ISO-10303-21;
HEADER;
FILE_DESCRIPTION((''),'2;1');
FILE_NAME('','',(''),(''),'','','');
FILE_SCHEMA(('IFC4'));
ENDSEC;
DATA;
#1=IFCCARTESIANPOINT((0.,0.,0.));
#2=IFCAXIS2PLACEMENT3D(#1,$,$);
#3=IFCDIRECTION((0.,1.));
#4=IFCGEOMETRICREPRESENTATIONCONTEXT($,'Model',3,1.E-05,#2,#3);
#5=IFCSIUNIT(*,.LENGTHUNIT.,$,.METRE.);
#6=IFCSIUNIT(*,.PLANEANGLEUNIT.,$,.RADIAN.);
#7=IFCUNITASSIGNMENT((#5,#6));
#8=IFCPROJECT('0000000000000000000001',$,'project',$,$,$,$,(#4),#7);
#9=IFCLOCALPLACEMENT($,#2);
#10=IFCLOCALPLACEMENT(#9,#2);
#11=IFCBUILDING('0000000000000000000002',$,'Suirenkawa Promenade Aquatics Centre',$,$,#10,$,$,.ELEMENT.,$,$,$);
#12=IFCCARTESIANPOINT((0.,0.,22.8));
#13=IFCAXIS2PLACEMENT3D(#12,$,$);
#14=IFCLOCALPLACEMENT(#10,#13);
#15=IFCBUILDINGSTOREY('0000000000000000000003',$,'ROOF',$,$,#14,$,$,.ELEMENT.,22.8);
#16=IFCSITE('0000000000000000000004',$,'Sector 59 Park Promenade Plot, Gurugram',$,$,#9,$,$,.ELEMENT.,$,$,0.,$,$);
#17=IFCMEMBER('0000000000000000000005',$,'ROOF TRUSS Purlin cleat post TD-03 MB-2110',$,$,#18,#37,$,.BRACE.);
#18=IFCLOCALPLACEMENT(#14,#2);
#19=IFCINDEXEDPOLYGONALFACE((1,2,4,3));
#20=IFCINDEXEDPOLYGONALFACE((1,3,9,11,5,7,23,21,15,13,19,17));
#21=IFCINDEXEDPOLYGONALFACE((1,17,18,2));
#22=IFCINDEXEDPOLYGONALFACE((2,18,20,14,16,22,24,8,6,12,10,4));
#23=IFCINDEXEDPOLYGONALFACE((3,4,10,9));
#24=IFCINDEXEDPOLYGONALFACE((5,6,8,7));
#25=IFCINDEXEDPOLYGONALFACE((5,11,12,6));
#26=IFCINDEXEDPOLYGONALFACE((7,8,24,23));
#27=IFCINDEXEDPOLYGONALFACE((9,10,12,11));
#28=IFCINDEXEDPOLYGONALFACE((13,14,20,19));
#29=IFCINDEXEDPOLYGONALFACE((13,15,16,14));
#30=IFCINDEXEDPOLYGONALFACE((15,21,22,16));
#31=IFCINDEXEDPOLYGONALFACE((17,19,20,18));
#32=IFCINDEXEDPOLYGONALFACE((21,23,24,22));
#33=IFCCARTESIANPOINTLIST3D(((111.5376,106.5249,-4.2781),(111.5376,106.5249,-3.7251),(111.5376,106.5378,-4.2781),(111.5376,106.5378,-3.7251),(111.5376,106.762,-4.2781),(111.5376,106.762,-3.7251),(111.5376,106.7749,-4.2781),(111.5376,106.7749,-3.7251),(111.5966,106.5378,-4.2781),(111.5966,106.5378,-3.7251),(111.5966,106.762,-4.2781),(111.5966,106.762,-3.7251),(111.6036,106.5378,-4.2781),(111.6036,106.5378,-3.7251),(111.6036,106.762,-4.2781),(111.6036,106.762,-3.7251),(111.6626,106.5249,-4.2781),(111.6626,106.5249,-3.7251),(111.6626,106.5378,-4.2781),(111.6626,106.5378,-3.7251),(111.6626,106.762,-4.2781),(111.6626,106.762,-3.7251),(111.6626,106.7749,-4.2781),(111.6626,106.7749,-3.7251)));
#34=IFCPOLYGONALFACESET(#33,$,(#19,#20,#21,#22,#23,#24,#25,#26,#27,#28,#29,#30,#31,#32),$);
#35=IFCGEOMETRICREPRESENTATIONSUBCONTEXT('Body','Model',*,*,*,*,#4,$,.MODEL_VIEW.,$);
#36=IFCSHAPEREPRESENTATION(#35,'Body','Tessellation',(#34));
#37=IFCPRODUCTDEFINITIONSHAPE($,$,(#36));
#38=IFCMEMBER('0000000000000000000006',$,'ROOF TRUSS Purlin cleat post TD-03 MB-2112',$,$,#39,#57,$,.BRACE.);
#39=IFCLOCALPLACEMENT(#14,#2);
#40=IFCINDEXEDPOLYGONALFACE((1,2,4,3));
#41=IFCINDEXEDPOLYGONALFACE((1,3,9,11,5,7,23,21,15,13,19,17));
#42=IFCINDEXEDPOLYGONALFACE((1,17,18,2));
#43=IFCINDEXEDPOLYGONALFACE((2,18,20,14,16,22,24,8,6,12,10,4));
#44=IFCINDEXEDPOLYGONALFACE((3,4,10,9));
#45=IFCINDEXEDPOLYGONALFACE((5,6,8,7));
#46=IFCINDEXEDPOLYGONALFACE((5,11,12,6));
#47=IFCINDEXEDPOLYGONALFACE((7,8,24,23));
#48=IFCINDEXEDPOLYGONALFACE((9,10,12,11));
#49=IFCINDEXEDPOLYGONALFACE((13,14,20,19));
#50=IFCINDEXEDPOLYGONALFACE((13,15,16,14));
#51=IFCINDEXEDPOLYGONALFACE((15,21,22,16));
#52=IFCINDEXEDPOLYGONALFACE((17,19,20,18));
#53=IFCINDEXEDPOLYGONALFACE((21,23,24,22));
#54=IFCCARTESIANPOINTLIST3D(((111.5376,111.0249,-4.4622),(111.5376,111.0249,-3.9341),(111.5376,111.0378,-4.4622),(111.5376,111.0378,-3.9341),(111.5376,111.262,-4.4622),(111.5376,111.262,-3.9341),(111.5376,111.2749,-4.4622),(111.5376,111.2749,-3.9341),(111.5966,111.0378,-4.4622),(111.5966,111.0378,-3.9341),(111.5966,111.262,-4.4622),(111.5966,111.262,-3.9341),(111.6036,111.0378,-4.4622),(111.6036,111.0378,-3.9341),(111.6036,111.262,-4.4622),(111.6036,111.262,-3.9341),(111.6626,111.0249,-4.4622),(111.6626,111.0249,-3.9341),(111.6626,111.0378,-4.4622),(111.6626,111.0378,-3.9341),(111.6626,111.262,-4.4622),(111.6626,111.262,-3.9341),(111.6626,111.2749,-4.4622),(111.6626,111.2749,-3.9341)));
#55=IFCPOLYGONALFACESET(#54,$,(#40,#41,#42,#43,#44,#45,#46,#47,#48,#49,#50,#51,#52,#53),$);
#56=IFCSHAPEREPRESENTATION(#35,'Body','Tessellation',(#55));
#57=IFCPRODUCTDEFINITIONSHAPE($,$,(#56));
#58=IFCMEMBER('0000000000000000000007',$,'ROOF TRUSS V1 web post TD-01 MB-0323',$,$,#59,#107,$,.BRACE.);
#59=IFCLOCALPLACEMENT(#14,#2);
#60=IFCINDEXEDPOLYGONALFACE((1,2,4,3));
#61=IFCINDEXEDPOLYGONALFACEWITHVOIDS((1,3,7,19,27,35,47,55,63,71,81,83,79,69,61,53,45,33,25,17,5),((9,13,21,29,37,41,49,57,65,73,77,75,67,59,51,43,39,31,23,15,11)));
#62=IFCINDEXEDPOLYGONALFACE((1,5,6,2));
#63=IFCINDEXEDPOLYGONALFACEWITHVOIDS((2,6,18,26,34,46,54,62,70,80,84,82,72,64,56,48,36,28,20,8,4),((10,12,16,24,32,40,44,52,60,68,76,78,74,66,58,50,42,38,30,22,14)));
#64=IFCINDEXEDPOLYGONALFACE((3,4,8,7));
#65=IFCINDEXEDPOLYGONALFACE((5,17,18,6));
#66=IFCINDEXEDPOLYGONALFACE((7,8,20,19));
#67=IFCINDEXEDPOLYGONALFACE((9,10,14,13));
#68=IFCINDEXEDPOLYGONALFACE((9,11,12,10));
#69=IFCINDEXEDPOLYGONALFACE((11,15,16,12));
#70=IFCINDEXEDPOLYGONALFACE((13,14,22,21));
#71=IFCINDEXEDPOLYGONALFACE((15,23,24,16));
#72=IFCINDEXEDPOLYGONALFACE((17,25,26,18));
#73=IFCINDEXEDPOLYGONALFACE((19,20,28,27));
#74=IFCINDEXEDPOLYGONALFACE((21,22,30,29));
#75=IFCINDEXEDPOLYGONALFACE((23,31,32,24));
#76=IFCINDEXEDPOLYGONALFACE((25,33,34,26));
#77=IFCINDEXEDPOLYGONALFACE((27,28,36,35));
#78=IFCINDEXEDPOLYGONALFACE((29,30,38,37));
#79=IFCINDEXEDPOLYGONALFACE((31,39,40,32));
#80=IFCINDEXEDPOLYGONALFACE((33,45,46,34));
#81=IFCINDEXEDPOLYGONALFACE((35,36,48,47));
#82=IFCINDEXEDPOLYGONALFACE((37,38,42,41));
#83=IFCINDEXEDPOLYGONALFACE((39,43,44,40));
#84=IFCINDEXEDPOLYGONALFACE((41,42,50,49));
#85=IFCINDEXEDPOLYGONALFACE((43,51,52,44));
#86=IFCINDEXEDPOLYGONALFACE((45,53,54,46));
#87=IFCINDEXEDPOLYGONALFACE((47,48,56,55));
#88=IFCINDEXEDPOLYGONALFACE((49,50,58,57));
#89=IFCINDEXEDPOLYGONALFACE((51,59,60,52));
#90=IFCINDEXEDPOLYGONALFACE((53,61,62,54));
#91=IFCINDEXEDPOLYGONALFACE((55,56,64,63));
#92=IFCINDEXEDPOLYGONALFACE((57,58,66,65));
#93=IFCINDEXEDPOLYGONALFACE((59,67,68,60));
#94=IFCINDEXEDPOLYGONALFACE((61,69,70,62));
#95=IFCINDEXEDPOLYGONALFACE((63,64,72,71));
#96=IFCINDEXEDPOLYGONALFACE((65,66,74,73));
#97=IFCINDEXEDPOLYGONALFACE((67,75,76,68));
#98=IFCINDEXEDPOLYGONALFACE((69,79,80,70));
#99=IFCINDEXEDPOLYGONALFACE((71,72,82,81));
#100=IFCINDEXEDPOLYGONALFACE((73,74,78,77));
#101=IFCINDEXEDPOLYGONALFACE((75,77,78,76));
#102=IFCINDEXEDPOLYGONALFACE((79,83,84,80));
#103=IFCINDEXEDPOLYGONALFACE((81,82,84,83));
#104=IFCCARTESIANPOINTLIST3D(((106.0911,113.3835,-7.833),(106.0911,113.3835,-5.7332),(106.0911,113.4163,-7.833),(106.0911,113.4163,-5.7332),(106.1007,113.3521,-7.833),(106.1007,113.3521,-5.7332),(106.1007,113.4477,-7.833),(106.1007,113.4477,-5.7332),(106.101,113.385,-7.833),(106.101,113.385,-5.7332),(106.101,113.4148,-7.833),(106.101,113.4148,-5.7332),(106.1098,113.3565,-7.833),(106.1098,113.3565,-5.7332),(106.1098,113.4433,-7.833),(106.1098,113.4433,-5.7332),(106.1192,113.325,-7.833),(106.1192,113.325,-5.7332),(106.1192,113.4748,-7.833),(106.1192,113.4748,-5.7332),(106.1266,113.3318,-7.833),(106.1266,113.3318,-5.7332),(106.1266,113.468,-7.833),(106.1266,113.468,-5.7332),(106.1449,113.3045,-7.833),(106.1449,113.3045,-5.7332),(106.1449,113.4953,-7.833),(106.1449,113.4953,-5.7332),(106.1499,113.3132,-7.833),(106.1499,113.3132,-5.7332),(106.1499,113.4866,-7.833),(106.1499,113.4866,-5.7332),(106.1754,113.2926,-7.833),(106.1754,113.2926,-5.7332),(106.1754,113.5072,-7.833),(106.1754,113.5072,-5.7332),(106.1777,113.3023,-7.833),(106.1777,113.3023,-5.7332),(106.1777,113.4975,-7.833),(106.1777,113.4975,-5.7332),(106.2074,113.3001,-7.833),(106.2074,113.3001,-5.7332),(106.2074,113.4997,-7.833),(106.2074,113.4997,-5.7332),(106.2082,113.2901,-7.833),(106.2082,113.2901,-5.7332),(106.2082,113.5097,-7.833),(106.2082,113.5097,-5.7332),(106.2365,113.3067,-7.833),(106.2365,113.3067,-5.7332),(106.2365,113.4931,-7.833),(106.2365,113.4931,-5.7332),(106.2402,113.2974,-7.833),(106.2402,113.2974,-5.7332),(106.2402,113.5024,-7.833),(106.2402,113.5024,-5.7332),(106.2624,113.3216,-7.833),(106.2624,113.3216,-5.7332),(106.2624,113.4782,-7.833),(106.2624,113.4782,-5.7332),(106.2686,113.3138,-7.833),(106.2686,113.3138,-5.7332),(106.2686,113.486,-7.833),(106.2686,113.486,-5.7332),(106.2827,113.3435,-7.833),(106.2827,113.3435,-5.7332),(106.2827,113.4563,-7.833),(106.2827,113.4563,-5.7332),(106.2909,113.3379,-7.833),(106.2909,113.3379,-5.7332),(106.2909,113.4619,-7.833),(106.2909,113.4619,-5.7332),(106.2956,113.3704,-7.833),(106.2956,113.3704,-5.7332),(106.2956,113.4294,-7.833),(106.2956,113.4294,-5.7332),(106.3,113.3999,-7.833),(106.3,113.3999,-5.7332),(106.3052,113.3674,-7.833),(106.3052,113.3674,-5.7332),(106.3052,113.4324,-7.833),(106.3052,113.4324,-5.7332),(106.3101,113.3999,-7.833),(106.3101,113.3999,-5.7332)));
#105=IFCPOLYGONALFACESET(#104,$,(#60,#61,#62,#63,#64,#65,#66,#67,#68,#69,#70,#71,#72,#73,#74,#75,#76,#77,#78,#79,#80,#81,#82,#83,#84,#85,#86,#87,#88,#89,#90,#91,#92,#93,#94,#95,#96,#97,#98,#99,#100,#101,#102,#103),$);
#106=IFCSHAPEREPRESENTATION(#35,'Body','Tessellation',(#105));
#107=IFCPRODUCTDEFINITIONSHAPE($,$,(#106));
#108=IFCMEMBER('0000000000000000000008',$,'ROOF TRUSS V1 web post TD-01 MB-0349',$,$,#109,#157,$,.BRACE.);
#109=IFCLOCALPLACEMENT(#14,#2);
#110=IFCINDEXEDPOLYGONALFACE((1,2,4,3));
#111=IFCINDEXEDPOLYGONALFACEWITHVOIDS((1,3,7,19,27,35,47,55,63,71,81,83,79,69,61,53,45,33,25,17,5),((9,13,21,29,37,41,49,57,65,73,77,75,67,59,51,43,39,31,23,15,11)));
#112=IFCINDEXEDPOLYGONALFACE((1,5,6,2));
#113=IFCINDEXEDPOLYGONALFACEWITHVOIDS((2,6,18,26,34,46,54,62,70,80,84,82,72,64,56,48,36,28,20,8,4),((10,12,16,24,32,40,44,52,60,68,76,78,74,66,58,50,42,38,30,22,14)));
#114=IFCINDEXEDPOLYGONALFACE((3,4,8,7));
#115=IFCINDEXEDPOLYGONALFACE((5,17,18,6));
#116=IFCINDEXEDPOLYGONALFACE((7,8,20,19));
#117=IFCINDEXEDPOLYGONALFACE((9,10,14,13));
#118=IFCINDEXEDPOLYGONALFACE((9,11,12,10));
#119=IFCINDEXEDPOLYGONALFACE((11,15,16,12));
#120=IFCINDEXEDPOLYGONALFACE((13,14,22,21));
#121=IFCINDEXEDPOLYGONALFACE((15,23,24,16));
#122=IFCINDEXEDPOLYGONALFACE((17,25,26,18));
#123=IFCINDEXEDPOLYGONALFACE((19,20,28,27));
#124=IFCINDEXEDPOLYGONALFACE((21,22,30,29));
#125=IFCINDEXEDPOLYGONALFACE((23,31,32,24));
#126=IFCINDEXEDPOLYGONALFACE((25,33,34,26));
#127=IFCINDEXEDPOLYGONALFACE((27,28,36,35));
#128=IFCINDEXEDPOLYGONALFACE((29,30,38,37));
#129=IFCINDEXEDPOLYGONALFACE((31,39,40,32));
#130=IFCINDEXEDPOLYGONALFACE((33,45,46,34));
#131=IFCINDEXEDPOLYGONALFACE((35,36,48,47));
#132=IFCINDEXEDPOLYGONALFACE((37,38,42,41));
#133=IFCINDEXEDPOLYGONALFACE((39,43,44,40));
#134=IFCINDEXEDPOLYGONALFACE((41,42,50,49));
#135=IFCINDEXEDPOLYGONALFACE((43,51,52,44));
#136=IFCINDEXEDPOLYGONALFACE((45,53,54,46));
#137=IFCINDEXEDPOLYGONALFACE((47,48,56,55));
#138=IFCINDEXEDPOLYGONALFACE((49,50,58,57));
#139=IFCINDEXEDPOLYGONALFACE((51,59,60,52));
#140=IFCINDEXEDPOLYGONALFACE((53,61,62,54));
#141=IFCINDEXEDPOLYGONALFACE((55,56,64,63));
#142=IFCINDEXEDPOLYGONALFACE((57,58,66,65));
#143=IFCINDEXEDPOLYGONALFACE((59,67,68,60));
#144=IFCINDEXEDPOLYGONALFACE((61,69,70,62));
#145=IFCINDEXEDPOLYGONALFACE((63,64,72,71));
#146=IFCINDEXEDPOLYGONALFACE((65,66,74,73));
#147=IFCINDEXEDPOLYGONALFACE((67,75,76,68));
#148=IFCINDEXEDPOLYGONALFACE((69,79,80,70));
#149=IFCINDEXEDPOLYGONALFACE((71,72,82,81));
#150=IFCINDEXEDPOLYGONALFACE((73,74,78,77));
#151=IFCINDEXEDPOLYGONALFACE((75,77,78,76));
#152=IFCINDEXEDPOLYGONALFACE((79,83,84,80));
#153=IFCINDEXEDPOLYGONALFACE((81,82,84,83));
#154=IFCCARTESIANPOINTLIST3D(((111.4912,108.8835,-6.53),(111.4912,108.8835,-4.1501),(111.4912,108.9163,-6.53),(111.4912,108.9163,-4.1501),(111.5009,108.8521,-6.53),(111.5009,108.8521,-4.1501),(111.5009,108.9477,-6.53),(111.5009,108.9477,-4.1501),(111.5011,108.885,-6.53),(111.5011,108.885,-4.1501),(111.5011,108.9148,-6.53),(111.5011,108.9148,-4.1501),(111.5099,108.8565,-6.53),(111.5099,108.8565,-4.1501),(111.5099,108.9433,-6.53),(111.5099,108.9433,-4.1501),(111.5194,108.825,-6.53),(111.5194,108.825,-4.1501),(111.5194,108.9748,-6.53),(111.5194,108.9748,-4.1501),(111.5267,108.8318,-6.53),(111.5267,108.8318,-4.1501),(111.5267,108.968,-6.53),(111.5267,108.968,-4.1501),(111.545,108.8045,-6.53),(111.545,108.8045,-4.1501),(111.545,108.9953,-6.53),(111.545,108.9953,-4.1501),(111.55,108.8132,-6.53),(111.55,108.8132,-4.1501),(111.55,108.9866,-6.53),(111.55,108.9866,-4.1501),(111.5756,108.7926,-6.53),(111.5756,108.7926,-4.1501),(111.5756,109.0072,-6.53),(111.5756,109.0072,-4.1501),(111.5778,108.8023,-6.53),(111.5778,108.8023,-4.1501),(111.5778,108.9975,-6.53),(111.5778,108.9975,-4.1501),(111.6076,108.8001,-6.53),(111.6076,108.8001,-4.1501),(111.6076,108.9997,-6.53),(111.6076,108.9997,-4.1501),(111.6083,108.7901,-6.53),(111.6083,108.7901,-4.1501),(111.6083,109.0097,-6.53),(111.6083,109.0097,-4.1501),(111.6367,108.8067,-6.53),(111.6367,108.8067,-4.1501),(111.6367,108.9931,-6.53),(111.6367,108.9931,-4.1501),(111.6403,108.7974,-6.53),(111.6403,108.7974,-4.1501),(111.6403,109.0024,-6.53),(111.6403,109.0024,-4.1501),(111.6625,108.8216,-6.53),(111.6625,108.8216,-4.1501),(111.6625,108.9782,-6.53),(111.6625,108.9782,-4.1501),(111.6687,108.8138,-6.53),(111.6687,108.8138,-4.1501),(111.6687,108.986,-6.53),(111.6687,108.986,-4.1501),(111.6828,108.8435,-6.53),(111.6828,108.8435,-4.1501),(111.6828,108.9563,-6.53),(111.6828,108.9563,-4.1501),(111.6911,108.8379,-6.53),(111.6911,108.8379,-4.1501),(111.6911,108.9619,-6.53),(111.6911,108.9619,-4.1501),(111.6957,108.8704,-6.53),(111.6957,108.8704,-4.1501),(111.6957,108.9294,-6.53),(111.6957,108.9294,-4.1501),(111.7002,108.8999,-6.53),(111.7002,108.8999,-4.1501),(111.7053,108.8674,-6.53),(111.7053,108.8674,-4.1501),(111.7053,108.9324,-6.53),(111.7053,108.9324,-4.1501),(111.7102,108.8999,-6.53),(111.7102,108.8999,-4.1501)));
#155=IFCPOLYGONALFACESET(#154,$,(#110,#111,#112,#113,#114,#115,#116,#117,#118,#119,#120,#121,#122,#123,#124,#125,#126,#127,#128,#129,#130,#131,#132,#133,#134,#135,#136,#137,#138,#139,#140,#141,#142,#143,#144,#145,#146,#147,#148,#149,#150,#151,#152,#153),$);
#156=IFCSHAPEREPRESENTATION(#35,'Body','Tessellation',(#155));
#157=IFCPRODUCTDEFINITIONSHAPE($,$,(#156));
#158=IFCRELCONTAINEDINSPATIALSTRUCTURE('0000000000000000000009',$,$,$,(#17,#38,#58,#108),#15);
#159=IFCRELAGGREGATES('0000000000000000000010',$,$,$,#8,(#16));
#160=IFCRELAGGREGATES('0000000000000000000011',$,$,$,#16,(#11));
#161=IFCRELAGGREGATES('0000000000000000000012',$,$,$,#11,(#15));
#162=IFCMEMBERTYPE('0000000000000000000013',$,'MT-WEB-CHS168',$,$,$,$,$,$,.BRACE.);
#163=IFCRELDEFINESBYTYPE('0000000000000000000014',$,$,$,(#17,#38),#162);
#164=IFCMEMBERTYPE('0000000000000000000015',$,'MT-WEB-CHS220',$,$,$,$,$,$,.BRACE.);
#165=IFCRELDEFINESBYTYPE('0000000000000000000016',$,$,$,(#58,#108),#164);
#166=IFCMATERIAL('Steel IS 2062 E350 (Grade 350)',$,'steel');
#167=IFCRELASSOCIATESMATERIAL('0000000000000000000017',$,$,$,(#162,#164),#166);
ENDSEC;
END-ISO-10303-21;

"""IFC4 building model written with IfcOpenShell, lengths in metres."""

from ifc_helpers import new_model, si_unit, direction, frame, origin, origin_2d, place, context, subcontext, project, spatial, hollow_circle, i_section, extrude, material, material_profile, profile_set, type_object, element, save


model = new_model("IFC4")

# Units and contexts
model_context = context("Model", 3, precision=1e-05, world=origin(), true_north=direction((0.0, 1.0)))
body_context = subcontext(model_context, "Body", "Model", "MODEL_VIEW")
ifc_project = project(units=[si_unit("LENGTHUNIT", "METRE"), si_unit("PLANEANGLEUNIT", "RADIAN")], contexts=[model_context])

# Site, building, storey
site_placement = place(None, origin())
site = spatial("IfcSite", under=ifc_project, at=site_placement, Name="Sector 59 Park Promenade Plot, Gurugram", CompositionType="ELEMENT", RefElevation=0.0)
building_placement = place(site_placement, origin())
building = spatial("IfcBuilding", under=site, at=building_placement, Name="Suirenkawa Promenade Aquatics Centre", CompositionType="ELEMENT")
storey_placement = place(building_placement, frame((0.0, 0.0, 22.8)))
storey = spatial("IfcBuildingStorey", under=building, at=storey_placement, Name="ROOF", CompositionType="ELEMENT", Elevation=22.8)

# Shared definitions
ifc_material = material(Name="Steel IS 2062 E350 (Grade 350)", Category="steel")

# Members
ifc_material_profile_1 = material_profile(ifc_material, i_section(OverallWidth=0.125, OverallDepth=0.25, WebThickness=0.0071, FlangeThickness=0.0129, at=origin_2d()), Name="ISMB 250", Category="steel")
ifc_profile_set_1 = profile_set([ifc_material_profile_1], Name="Steel IS 2062 E350 (Grade 350)")
member_type_1 = type_object("IfcMemberType", Name="MT-WEB-CHS168", PredefinedType="BRACE", material=ifc_profile_set_1)
member_1_placement = place(storey_placement, frame((111.6001, 106.6499, -4.2781), z_axis=(0.0, 0.0, 1.0), x_axis=(1.0, 0.0, 0.0)))
element("IfcMember", 1, at=member_1_placement, inside=storey, type_object=member_type_1, Name="ROOF TRUSS Purlin cleat post TD-03 MB-2110", PredefinedType="BRACE", context=body_context, shape_type="SweptSolid", body=[
    extrude(i_section(OverallWidth=0.125, OverallDepth=0.25, WebThickness=0.0071, FlangeThickness=0.0129, at=origin_2d()), origin(), (0.0, 0.0, 1.0), 0.553),
])
member_2_placement = place(storey_placement, frame((111.6001, 111.1499, -4.4622), z_axis=(0.0, 0.0, 1.0), x_axis=(1.0, 0.0, 0.0)))
element("IfcMember", 2, at=member_2_placement, inside=storey, type_object=member_type_1, Name="ROOF TRUSS Purlin cleat post TD-03 MB-2112", PredefinedType="BRACE", context=body_context, shape_type="SweptSolid", body=[
    extrude(i_section(OverallWidth=0.125, OverallDepth=0.25, WebThickness=0.0071, FlangeThickness=0.0129, at=origin_2d()), origin(), (0.0, 0.0, 1.0), 0.5281),
])
ifc_material_profile_2 = material_profile(ifc_material, hollow_circle(Radius=0.1101, WallThickness=0.01, at=origin_2d()), Name="CHS 220x10", Category="steel")
ifc_profile_set_2 = profile_set([ifc_material_profile_2], Name="Steel IS 2062 E350 (Grade 350)")
member_type_2 = type_object("IfcMemberType", Name="MT-WEB-CHS220", PredefinedType="BRACE", material=ifc_profile_set_2)
member_3_placement = place(storey_placement, frame((106.2, 113.3999, -7.833), z_axis=(0.0, 0.0, 1.0), x_axis=(1.0, 0.0, 0.0)))
element("IfcMember", 3, at=member_3_placement, inside=storey, type_object=member_type_2, Name="ROOF TRUSS V1 web post TD-01 MB-0323", PredefinedType="BRACE", context=body_context, shape_type="SweptSolid", body=[
    extrude(hollow_circle(Radius=0.1101, WallThickness=0.01, at=origin_2d()), origin(), (0.0, 0.0, 1.0), 2.0999),
])
member_4_placement = place(storey_placement, frame((111.6001, 108.8999, -6.53), z_axis=(0.0, 0.0, 1.0), x_axis=(1.0, 0.0, 0.0)))
element("IfcMember", 4, at=member_4_placement, inside=storey, type_object=member_type_2, Name="ROOF TRUSS V1 web post TD-01 MB-0349", PredefinedType="BRACE", context=body_context, shape_type="SweptSolid", body=[
    extrude(hollow_circle(Radius=0.1101, WallThickness=0.01, at=origin_2d()), origin(), (0.0, 0.0, 1.0), 2.3799),
])

save(model, "model.ifc")
